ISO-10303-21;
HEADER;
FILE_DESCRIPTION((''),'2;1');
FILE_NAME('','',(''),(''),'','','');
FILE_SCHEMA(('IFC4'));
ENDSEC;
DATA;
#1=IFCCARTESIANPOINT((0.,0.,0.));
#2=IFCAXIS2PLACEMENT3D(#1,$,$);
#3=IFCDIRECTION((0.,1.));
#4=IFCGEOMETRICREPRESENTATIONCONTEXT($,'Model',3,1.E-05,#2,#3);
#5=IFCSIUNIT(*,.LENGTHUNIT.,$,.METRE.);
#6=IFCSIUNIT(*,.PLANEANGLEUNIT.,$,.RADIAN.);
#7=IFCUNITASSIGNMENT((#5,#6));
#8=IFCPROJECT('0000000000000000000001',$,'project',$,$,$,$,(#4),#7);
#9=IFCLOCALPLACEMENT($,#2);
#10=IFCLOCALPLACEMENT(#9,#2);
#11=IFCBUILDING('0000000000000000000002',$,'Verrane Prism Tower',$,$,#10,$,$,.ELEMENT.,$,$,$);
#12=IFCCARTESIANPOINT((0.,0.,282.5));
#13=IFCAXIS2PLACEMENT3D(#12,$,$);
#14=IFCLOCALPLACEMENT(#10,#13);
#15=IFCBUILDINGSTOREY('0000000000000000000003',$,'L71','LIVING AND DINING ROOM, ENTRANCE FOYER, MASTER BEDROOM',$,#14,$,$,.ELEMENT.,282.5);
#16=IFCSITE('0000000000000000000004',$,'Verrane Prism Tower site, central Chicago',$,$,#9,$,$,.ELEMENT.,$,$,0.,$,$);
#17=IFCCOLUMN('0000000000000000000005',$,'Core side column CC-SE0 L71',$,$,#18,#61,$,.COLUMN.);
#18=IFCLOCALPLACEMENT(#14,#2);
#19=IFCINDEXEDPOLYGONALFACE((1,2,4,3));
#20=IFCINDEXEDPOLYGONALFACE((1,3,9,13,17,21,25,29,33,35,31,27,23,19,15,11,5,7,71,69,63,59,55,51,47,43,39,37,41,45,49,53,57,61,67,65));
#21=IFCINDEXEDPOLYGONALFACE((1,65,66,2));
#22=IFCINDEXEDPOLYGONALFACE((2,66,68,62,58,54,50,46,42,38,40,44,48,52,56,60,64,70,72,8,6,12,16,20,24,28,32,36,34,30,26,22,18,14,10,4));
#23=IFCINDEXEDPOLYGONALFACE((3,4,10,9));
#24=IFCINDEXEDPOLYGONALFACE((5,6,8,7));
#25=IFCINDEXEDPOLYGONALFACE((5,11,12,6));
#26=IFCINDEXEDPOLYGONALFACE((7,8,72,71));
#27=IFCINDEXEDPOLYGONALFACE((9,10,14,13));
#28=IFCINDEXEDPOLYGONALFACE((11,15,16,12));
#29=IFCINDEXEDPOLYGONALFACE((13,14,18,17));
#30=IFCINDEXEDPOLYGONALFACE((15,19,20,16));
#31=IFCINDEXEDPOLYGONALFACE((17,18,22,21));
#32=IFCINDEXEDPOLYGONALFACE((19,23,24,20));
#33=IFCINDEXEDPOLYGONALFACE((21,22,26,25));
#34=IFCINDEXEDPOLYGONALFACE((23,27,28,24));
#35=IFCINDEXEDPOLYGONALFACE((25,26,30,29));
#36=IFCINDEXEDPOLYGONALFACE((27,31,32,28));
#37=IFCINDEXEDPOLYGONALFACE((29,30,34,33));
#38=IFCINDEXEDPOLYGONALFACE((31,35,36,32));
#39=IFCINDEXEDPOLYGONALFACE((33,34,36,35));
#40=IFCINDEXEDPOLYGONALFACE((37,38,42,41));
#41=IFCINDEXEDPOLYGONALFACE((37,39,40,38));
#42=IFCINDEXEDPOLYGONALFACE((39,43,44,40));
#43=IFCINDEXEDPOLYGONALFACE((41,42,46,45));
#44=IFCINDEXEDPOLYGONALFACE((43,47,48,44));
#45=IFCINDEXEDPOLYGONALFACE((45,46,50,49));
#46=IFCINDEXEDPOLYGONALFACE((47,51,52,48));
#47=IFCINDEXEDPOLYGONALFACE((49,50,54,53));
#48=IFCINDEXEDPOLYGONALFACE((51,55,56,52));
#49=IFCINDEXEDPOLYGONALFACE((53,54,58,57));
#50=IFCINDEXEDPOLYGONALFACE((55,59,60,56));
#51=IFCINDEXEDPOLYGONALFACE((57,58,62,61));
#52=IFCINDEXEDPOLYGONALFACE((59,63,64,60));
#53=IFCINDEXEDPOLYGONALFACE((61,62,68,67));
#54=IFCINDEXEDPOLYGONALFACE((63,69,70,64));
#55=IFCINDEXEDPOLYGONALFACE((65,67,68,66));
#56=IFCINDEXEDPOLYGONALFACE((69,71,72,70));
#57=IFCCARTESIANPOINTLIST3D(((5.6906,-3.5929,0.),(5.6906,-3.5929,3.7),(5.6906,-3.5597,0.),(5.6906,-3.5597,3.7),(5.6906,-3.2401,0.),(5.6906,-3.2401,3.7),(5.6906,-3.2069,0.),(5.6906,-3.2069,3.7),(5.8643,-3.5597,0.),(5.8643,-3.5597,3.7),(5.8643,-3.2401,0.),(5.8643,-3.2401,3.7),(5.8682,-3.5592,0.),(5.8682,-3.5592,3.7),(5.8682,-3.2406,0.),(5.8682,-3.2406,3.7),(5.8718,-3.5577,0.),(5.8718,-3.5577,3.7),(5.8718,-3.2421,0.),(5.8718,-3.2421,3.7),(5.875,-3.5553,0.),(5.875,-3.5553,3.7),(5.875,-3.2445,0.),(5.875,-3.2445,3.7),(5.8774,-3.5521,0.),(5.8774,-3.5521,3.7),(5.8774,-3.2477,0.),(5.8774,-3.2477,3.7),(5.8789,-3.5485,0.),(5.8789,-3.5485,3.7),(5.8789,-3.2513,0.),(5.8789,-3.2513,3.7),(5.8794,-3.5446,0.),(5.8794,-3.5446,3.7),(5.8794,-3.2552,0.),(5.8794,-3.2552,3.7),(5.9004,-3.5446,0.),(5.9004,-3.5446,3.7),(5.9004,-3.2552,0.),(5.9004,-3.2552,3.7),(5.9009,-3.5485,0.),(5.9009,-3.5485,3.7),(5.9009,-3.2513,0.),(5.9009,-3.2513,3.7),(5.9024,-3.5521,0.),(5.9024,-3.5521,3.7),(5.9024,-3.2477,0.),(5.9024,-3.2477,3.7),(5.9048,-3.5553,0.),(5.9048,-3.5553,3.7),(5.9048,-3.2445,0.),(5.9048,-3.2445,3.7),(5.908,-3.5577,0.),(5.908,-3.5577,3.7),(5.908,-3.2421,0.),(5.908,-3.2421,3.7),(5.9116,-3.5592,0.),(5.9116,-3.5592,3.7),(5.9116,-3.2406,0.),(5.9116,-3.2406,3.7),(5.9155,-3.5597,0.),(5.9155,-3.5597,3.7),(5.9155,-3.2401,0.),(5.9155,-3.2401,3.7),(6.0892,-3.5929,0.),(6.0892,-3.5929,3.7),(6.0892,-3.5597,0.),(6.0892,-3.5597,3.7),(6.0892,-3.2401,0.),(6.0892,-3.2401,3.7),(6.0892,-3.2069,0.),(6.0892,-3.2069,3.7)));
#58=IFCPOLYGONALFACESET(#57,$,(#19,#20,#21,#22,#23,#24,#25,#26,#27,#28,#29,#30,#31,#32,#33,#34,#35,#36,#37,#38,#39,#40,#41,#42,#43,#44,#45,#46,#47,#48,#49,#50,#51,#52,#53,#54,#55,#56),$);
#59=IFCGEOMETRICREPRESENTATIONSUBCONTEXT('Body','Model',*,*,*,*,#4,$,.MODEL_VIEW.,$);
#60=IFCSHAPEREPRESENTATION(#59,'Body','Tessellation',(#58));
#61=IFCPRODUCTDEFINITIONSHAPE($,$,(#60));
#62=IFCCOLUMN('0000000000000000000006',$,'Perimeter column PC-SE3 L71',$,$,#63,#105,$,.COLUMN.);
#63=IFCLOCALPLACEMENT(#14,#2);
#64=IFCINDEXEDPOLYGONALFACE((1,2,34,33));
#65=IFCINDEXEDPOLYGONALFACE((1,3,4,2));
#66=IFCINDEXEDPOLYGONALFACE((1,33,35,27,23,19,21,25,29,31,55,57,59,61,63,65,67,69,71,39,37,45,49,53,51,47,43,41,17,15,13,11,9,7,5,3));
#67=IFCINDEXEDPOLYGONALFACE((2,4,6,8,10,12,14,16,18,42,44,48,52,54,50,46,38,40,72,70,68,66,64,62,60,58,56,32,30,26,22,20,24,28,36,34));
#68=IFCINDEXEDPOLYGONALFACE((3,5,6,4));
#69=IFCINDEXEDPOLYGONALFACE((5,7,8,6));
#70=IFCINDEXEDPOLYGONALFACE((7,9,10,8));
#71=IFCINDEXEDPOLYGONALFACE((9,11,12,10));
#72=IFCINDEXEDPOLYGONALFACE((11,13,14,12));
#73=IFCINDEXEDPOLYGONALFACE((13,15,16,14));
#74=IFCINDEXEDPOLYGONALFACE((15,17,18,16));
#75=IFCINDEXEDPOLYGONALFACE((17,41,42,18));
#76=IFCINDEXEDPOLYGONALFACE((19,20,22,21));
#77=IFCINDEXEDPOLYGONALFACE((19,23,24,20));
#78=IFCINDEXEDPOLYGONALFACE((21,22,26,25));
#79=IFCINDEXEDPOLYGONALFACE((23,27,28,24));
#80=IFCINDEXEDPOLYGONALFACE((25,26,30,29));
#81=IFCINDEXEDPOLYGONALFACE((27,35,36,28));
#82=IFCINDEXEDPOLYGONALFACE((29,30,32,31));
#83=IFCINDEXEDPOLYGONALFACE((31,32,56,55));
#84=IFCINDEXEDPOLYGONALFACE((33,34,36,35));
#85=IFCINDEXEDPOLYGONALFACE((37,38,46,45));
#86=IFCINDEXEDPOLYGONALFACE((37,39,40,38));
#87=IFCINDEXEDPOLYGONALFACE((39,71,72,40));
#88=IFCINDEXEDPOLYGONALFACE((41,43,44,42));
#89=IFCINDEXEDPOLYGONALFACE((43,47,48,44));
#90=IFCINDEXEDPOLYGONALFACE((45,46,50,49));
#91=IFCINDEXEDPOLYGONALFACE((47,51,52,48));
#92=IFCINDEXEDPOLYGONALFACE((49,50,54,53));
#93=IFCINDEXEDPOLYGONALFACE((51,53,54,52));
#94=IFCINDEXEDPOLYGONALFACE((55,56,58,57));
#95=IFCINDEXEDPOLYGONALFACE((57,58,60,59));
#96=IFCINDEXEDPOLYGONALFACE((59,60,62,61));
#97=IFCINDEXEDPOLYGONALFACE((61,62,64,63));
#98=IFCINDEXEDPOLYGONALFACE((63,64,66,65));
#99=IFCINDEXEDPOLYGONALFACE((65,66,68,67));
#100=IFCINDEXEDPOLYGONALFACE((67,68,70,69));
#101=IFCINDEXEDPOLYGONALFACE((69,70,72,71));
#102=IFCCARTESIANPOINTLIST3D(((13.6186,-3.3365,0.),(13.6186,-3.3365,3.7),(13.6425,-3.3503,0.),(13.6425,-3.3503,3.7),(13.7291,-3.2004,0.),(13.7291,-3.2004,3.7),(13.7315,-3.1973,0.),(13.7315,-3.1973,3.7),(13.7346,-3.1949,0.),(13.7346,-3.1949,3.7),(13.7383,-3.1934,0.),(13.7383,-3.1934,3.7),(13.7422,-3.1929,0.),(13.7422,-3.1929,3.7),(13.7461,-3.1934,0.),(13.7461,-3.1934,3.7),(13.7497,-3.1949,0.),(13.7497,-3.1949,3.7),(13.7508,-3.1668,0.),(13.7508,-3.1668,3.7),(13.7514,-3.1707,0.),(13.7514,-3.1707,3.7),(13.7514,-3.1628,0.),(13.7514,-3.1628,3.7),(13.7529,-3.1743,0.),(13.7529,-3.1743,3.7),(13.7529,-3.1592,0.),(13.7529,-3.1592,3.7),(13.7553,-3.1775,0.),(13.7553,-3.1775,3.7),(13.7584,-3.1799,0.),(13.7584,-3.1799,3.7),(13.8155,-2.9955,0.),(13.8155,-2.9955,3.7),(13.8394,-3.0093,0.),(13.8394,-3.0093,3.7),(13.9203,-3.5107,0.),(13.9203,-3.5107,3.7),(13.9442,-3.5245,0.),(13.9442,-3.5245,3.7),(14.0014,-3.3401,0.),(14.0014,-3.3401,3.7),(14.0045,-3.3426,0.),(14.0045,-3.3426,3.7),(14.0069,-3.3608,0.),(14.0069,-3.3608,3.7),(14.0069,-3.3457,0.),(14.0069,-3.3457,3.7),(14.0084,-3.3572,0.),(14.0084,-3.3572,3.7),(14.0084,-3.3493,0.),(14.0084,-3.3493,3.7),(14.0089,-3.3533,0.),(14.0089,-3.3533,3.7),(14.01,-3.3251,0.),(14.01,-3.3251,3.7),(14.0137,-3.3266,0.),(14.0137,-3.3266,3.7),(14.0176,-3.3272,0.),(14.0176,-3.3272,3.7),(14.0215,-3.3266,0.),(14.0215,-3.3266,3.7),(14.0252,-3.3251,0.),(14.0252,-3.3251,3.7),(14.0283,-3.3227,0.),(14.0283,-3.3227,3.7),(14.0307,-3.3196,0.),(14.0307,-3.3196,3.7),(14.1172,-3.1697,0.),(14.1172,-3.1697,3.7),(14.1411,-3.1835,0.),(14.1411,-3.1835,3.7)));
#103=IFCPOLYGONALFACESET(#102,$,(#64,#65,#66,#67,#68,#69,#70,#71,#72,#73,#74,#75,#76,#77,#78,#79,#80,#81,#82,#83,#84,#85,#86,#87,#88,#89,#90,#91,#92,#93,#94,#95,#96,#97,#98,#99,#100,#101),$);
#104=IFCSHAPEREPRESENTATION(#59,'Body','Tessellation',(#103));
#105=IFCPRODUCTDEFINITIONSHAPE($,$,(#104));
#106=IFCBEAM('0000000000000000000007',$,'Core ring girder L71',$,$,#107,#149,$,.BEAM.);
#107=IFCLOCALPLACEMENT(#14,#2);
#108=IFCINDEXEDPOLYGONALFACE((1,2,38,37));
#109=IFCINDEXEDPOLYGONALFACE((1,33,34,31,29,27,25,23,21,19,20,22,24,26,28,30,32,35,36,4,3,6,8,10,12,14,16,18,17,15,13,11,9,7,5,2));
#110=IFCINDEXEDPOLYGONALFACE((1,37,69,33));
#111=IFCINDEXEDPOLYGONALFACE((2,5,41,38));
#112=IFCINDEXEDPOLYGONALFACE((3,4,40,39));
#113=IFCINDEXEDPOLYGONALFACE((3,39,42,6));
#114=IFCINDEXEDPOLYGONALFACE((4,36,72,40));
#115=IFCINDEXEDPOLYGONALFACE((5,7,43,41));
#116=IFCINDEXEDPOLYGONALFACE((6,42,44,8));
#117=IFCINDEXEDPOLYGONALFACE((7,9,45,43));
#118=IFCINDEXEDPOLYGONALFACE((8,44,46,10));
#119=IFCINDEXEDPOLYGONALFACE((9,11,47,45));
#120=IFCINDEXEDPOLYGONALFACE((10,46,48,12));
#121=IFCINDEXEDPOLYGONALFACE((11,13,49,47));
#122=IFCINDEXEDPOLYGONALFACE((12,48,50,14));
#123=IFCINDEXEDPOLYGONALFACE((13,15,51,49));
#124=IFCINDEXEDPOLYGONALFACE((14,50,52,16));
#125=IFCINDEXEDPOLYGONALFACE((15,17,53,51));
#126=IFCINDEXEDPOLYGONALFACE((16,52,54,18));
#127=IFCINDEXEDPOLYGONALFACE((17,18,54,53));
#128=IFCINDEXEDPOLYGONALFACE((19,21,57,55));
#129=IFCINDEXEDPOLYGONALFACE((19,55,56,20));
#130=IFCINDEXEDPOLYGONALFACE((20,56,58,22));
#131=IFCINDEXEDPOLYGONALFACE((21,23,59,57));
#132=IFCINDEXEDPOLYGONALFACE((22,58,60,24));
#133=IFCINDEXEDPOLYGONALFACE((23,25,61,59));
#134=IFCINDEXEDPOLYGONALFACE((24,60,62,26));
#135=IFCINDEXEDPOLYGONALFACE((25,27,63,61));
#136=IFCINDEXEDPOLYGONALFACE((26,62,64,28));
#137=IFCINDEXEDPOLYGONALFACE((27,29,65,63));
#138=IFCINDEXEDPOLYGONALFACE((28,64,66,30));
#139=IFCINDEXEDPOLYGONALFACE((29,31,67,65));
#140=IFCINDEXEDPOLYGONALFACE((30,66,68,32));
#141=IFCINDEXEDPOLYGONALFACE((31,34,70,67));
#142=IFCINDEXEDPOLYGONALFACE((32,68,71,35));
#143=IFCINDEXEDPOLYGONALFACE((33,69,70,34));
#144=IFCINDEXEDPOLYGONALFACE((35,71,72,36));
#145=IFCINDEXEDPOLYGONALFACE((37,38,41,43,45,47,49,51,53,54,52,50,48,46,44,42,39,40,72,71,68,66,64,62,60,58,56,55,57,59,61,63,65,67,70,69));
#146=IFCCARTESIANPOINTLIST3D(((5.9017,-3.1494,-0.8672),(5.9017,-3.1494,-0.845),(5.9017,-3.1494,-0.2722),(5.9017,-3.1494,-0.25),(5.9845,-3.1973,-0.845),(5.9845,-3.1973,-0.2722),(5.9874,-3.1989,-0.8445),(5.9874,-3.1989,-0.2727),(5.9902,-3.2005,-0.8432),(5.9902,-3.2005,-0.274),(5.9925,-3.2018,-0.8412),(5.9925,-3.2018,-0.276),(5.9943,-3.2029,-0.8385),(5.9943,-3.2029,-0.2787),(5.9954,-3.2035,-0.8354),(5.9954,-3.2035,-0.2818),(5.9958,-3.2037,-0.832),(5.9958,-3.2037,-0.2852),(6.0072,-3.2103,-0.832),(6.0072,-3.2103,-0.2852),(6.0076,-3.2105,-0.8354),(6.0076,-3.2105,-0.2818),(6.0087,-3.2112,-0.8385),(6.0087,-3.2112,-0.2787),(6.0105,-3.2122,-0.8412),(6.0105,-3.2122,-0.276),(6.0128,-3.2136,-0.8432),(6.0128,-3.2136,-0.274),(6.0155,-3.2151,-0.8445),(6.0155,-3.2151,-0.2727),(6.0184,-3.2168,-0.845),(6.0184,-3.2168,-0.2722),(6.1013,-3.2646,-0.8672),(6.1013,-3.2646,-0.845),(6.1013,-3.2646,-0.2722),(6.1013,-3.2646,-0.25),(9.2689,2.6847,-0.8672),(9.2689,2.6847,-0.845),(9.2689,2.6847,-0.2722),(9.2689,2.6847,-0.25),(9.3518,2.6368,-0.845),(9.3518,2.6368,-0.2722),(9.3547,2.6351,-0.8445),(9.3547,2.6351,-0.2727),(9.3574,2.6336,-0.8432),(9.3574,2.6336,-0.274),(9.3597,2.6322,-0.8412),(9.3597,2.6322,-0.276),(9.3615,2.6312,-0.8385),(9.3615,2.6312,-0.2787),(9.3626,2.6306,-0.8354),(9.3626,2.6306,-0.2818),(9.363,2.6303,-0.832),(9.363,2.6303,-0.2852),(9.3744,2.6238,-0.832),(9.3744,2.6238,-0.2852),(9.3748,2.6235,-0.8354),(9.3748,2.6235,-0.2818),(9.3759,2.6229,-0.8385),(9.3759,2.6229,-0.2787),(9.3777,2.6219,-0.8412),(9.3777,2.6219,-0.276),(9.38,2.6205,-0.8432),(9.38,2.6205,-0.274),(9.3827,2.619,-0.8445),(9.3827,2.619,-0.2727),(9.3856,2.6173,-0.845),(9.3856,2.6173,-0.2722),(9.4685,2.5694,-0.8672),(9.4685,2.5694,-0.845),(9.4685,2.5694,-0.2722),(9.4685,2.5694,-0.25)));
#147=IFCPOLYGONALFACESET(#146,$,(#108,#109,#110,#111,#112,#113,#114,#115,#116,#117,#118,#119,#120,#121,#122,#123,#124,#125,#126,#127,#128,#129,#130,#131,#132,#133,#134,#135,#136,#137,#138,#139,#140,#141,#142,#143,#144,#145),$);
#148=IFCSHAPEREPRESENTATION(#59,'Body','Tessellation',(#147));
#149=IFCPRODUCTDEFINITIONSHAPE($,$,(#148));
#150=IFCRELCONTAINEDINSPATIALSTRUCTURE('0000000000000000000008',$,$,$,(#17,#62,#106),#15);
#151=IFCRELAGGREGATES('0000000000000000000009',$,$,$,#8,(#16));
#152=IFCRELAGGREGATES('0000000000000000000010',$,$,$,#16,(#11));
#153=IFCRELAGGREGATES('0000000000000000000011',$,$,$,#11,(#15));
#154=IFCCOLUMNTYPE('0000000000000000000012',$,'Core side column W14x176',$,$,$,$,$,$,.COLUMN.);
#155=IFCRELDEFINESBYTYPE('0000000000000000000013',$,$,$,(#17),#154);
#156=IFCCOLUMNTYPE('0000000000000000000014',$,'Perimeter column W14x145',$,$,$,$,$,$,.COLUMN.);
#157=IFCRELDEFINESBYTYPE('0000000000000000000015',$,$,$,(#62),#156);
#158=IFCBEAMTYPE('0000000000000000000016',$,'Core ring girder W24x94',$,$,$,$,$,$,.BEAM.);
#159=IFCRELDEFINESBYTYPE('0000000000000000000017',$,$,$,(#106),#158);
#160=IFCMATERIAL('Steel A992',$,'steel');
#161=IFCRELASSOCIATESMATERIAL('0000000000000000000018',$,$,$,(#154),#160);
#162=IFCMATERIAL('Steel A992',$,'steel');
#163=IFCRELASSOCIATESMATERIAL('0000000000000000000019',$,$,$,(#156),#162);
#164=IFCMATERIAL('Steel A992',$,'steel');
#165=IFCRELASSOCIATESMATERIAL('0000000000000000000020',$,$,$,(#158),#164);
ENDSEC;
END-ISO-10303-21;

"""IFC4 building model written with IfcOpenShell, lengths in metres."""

from ifc_helpers import new_model, si_unit, direction, frame, origin, origin_2d, place, context, subcontext, project, spatial, i_section, extrude, material, material_profile, profile_set, type_object, element, save


model = new_model("IFC4")

# Units and contexts
model_context = context("Model", 3, precision=1e-05, world=origin(), true_north=direction((0.0, 1.0)))
body_context = subcontext(model_context, "Body", "Model", "MODEL_VIEW")
ifc_project = project(units=[si_unit("LENGTHUNIT", "METRE"), si_unit("PLANEANGLEUNIT", "RADIAN")], contexts=[model_context])

# Site, building, storey
site_placement = place(None, origin())
site = spatial("IfcSite", under=ifc_project, at=site_placement, Name="Verrane Prism Tower site, central Chicago", CompositionType="ELEMENT", RefElevation=0.0)
building_placement = place(site_placement, origin())
building = spatial("IfcBuilding", under=site, at=building_placement, Name="Verrane Prism Tower", CompositionType="ELEMENT")
storey_placement = place(building_placement, frame((0.0, 0.0, 282.5)))
storey = spatial("IfcBuildingStorey", under=building, at=storey_placement, Name="L71", Description="LIVING AND DINING ROOM, ENTRANCE FOYER, MASTER BEDROOM", CompositionType="ELEMENT", Elevation=282.5)

# Columns
ifc_material_1 = material(Name="Steel A992", Category="steel")
ifc_material_profile_1 = material_profile(ifc_material_1, i_section(OverallWidth=0.3987, OverallDepth=0.386, WebThickness=0.021, FlangeThickness=0.0332, FilletRadius=0.0151, at=origin_2d()), Name="W14x176")
ifc_profile_set_1 = profile_set([ifc_material_profile_1], Name="Steel A992")
column_type_1 = type_object("IfcColumnType", Name="Core side column W14x176", PredefinedType="COLUMN", material=ifc_profile_set_1)
column_1_placement = place(storey_placement, frame((5.8899, -3.3999, 0.0), z_axis=(0.0, 0.0, 1.0), x_axis=(1.0, 0.0, 0.0)))
element("IfcColumn", 1, at=column_1_placement, inside=storey, type_object=column_type_1, Name="Core side column CC-SE0 L71", PredefinedType="COLUMN", context=body_context, shape_type="SweptSolid", body=[
    extrude(i_section(OverallWidth=0.3987, OverallDepth=0.386, WebThickness=0.021, FlangeThickness=0.0332, FilletRadius=0.0151, at=origin_2d()), origin(), (0.0, 0.0, 1.0), 3.7),
])
ifc_material_2 = material(Name="Steel A992", Category="steel")
ifc_material_profile_2 = material_profile(ifc_material_2, i_section(OverallWidth=0.3938, OverallDepth=0.376, WebThickness=0.0173, FlangeThickness=0.0276, FilletRadius=0.0151, at=origin_2d()), Name="W14x145")
ifc_profile_set_2 = profile_set([ifc_material_profile_2], Name="Steel A992")
column_type_2 = type_object("IfcColumnType", Name="Perimeter column W14x145", PredefinedType="COLUMN", material=ifc_profile_set_2)
column_2_placement = place(storey_placement, frame((13.8799, -3.26, 0.0), z_axis=(0.0, 0.0, 1.0), x_axis=(-0.5, -0.866025, 0.0)))
element("IfcColumn", 2, at=column_2_placement, inside=storey, type_object=column_type_2, Name="Perimeter column PC-SE3 L71", PredefinedType="COLUMN", context=body_context, shape_type="SweptSolid", body=[
    extrude(i_section(OverallWidth=0.3938, OverallDepth=0.376, WebThickness=0.0173, FlangeThickness=0.0276, FilletRadius=0.0151, at=origin_2d()), origin(), (0.0, 0.0, 1.0), 3.7),
])

# Beam
ifc_material_3 = material(Name="Steel A992", Category="steel")
ifc_material_profile_3 = material_profile(ifc_material_3, i_section(OverallWidth=0.2305, OverallDepth=0.6172, WebThickness=0.0132, FlangeThickness=0.0222, FilletRadius=0.0129, at=origin_2d()), Name="W24x94")
ifc_profile_set_3 = profile_set([ifc_material_profile_3], Name="Steel A992")
beam_type_1 = type_object("IfcBeamType", Name="Core ring girder W24x94", PredefinedType="BEAM", material=ifc_profile_set_3)
beam_1_placement = place(storey_placement, frame((6.0015, -3.207, -0.5586), z_axis=(0.499881, 0.866094, 0.0), x_axis=(-0.866094, 0.499881, 0.0)))
element("IfcBeam", 3, at=beam_1_placement, inside=storey, type_object=beam_type_1, Name="Core ring girder L71", PredefinedType="BEAM", context=body_context, shape_type="SweptSolid", body=[
    extrude(i_section(OverallWidth=0.2305, OverallDepth=0.6172, WebThickness=0.0132, FlangeThickness=0.0222, FilletRadius=0.0129, at=origin_2d()), origin(), (0.0, 0.0, 1.0), 6.7361),
])

save(model, "model.ifc")
